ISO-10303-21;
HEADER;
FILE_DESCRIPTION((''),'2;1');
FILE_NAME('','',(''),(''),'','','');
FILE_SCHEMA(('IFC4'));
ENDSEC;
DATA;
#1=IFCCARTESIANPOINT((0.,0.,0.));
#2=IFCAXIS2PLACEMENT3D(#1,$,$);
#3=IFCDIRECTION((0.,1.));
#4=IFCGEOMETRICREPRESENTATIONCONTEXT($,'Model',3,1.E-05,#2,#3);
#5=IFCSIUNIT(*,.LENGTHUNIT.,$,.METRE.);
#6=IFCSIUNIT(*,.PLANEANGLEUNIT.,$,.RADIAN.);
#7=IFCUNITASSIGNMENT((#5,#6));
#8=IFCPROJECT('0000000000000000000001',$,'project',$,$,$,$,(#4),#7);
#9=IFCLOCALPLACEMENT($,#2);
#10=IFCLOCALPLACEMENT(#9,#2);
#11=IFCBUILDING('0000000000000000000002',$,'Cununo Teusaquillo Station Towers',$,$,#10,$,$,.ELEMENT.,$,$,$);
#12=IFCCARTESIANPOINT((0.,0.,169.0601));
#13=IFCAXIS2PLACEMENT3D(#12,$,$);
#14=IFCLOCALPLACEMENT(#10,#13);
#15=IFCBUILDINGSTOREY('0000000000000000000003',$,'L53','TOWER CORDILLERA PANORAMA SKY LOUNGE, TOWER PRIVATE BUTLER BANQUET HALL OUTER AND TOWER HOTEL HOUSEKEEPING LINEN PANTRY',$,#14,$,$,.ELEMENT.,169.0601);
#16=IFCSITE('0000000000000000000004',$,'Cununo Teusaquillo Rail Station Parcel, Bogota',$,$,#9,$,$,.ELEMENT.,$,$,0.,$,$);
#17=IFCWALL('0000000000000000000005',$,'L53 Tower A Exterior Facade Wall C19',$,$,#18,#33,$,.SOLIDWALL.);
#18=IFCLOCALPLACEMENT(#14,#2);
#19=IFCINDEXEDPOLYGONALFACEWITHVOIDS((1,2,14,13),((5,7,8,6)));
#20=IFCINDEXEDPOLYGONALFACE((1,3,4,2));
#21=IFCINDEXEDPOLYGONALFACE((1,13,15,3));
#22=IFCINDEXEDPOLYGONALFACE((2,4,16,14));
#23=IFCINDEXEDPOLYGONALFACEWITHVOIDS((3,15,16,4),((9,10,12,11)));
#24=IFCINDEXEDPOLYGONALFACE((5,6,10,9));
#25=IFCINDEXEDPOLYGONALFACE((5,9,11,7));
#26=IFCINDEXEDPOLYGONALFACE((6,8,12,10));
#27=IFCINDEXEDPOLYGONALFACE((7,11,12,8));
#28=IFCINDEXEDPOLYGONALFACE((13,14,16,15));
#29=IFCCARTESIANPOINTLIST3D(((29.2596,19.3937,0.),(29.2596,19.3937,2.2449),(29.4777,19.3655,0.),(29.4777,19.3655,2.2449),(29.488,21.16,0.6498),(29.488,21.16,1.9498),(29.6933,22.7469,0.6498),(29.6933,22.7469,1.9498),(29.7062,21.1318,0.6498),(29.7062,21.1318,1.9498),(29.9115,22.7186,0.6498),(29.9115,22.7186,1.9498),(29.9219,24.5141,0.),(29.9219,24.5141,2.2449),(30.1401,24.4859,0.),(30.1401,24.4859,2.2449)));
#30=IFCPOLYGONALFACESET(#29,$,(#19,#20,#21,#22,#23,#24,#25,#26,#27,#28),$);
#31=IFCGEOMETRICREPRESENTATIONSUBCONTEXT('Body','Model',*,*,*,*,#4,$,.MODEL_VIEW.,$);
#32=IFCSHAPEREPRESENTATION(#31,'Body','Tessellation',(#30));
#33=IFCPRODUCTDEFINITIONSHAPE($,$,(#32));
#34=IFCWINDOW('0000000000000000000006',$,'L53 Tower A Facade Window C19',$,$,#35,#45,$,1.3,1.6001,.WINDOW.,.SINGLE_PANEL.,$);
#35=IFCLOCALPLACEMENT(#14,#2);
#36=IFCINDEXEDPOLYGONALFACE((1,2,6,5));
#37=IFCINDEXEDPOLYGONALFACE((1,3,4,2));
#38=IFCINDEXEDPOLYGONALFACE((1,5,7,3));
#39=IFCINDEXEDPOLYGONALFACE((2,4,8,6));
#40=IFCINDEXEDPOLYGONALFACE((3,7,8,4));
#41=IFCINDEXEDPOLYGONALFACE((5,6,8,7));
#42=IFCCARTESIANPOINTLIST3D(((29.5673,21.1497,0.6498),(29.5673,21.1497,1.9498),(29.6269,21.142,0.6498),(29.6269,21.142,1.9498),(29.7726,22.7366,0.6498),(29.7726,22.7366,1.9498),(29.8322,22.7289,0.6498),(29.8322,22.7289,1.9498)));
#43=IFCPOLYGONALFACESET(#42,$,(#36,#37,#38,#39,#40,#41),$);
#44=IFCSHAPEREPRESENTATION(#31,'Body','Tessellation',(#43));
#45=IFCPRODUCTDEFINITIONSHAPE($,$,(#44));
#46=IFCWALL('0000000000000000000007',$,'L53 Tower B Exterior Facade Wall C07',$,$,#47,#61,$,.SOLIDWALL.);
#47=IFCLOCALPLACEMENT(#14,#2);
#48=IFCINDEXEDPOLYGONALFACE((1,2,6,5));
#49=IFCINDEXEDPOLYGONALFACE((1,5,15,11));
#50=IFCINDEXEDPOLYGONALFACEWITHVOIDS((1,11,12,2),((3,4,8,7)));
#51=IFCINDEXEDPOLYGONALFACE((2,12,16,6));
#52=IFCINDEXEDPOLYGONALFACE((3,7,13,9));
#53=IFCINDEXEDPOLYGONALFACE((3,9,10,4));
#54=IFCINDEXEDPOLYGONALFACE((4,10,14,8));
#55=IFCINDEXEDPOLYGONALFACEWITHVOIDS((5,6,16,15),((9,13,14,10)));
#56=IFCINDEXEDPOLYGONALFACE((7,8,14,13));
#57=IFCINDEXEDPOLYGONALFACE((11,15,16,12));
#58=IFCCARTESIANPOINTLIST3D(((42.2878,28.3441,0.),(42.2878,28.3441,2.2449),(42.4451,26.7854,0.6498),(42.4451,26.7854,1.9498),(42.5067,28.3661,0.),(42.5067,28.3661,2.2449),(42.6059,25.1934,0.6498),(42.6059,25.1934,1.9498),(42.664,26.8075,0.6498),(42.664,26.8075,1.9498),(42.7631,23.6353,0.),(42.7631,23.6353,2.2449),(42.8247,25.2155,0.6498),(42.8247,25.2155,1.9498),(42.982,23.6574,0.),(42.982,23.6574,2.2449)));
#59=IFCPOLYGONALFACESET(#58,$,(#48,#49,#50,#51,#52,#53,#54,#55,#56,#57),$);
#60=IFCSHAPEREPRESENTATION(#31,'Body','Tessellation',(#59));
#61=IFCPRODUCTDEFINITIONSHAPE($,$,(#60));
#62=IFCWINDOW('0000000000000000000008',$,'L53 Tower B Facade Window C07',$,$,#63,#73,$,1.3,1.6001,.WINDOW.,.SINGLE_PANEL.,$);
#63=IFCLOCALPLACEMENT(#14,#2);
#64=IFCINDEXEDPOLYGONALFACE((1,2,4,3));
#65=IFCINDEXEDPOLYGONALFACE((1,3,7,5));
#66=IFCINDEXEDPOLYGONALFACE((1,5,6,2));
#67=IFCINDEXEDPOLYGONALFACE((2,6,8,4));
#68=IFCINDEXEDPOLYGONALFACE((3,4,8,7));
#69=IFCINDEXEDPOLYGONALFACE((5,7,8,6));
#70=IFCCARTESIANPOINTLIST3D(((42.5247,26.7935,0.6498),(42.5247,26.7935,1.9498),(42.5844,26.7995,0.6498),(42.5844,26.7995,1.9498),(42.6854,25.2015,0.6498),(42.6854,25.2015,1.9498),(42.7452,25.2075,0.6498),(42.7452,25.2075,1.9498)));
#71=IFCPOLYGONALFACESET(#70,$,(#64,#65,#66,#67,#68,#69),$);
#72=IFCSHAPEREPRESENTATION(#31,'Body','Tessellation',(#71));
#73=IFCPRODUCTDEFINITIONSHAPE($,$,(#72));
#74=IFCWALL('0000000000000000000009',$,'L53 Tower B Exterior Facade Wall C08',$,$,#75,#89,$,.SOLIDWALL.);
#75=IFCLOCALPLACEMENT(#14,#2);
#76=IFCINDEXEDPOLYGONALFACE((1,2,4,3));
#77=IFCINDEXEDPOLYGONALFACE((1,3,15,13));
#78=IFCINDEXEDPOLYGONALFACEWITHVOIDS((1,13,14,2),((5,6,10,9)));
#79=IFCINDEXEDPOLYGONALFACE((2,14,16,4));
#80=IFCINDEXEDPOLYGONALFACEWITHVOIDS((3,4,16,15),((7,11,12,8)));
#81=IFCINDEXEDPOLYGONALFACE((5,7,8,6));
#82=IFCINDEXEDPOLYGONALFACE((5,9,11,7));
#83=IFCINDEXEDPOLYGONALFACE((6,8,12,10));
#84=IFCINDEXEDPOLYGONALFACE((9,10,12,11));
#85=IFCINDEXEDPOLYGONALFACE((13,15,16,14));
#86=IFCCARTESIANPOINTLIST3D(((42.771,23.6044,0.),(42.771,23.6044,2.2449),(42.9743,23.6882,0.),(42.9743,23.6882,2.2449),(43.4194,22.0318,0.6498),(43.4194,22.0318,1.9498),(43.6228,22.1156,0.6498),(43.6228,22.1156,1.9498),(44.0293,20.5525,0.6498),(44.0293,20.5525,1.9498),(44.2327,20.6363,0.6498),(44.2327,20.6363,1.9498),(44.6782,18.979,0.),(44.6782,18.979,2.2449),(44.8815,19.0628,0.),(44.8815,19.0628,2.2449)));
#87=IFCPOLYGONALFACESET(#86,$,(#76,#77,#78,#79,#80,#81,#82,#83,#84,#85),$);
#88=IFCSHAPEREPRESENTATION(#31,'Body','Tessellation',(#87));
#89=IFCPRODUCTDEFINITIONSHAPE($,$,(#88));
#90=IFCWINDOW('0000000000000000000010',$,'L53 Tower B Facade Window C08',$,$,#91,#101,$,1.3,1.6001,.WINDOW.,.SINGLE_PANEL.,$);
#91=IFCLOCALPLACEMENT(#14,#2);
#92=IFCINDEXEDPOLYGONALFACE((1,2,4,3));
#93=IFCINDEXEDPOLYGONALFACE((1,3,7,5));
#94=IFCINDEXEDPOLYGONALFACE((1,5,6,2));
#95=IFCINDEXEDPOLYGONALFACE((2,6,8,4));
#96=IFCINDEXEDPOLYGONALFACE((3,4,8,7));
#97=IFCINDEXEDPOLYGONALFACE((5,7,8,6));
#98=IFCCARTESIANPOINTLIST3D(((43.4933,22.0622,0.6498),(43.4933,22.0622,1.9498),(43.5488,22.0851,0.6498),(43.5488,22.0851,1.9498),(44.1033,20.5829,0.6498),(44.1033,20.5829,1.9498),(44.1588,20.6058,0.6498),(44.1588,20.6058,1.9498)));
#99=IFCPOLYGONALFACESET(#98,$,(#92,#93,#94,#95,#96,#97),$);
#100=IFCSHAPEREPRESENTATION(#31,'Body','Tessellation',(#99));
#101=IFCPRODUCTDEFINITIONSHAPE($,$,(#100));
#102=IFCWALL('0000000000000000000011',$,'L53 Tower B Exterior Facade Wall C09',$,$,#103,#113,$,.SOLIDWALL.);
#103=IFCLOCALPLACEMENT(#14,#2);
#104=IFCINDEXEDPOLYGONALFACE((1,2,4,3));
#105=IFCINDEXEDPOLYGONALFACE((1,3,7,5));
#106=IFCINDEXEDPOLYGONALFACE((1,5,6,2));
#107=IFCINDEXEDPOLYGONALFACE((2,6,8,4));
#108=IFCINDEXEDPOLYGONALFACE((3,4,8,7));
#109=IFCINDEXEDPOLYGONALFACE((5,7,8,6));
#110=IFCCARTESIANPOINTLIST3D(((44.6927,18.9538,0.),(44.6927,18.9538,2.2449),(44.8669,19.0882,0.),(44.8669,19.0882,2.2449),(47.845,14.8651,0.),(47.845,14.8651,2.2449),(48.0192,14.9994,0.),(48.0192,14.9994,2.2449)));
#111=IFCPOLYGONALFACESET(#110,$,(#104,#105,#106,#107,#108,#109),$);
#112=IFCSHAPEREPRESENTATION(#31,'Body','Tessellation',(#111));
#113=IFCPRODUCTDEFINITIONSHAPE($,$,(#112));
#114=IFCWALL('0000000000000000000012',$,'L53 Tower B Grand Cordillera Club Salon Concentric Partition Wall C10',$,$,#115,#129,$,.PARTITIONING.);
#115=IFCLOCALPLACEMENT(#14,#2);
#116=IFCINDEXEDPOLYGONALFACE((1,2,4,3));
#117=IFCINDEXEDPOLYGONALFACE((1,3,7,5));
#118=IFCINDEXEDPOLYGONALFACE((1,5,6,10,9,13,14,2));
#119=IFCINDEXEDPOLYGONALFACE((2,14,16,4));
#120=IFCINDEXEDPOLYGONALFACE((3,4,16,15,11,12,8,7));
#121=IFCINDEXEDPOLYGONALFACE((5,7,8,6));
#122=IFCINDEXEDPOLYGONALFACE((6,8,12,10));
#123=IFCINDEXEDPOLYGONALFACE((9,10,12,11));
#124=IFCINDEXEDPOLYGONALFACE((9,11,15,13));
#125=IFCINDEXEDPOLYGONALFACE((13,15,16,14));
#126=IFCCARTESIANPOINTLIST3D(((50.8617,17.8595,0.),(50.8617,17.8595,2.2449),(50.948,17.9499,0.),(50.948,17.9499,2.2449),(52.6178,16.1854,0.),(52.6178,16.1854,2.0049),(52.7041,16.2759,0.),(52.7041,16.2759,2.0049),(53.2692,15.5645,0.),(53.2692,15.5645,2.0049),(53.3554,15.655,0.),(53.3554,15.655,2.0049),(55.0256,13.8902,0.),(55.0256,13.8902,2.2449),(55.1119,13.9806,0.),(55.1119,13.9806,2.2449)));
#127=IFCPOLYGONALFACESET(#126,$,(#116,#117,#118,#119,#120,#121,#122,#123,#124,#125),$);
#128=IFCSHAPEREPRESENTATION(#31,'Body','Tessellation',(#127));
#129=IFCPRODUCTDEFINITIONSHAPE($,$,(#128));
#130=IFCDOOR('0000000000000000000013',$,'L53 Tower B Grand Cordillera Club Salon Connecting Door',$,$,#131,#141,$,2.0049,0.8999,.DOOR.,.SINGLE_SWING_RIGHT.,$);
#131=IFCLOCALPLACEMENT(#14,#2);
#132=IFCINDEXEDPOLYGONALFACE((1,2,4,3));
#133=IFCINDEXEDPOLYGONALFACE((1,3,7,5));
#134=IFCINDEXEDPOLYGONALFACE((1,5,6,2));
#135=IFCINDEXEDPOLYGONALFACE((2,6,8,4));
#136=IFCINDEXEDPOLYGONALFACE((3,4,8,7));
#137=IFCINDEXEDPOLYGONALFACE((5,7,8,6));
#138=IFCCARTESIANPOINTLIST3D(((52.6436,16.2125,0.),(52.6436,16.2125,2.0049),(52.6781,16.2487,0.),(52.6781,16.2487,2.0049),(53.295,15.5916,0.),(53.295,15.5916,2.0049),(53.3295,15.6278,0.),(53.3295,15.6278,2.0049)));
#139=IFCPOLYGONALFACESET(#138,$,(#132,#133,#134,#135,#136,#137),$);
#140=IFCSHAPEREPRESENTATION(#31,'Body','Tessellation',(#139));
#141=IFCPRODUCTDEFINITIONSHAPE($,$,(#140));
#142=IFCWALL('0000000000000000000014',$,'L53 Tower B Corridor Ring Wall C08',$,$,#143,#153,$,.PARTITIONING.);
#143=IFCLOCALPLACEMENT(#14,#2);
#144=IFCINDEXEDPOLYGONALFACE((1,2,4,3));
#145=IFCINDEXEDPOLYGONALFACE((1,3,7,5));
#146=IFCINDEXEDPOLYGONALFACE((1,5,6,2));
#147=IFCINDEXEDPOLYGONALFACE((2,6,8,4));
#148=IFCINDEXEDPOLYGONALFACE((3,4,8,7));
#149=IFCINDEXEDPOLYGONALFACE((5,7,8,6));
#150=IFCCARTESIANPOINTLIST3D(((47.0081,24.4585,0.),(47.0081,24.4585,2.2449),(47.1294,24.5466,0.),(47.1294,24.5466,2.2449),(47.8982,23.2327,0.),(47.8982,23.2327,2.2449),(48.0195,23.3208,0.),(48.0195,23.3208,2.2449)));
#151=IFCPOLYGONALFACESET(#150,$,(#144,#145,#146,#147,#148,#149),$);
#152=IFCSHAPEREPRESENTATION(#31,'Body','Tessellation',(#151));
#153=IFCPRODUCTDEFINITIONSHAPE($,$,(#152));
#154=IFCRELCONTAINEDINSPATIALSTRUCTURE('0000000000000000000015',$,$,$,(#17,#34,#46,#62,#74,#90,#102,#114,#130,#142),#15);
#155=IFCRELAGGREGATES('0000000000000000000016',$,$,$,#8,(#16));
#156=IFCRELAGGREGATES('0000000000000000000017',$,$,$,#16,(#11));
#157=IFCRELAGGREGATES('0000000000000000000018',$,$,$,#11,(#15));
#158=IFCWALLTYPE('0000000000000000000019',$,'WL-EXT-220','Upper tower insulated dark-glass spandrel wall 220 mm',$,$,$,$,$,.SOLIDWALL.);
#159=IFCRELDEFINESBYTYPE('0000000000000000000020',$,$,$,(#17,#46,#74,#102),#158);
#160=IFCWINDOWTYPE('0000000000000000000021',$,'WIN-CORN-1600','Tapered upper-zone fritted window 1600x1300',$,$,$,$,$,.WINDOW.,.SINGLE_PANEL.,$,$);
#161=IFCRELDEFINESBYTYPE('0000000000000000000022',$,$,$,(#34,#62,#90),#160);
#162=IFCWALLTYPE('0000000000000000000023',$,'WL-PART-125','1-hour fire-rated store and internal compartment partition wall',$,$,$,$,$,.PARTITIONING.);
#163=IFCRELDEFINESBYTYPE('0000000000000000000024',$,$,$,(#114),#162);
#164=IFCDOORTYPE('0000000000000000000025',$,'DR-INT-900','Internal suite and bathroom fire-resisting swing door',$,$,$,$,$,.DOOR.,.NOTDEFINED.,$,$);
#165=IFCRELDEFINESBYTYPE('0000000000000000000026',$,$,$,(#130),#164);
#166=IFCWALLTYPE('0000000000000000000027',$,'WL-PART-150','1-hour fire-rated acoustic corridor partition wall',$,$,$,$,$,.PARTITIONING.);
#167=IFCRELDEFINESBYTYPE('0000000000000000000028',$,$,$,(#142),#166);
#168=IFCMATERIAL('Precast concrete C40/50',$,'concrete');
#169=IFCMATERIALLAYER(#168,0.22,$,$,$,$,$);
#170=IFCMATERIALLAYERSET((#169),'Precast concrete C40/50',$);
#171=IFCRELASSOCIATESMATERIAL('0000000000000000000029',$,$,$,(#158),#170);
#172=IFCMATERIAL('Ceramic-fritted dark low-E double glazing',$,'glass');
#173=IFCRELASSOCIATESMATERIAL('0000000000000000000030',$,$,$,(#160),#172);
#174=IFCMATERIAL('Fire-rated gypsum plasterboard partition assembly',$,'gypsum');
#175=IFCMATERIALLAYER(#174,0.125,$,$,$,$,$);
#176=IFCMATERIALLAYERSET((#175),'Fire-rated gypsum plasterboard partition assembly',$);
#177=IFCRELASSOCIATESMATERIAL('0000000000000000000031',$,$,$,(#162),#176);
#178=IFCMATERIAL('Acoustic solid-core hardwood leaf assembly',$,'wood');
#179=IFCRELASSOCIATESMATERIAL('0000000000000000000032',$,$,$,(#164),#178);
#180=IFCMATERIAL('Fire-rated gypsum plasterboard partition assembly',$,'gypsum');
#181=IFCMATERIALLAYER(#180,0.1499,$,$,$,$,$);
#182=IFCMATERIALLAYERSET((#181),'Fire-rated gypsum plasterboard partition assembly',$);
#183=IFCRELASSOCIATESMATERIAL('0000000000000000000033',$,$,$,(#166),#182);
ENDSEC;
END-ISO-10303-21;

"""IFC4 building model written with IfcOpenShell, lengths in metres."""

from ifc_helpers import new_model, si_unit, direction, frame, frame_2d, origin, place, context, subcontext, project, spatial, rectangle, extrude, source, transform, mapped, material, layer, layer_set, type_object, element, fill, save


model = new_model("IFC4")

# Units and contexts
model_context = context("Model", 3, precision=1e-05, world=origin(), true_north=direction((0.0, 1.0)))
body_context = subcontext(model_context, "Body", "Model", "MODEL_VIEW")
ifc_project = project(units=[si_unit("LENGTHUNIT", "METRE"), si_unit("PLANEANGLEUNIT", "RADIAN")], contexts=[model_context])

# Site, building, storey
site_placement = place(None, origin())
site = spatial("IfcSite", under=ifc_project, at=site_placement, Name="Cununo Teusaquillo Rail Station Parcel, Bogota", CompositionType="ELEMENT", RefElevation=0.0)
building_placement = place(site_placement, origin())
building = spatial("IfcBuilding", under=site, at=building_placement, Name="Cununo Teusaquillo Station Towers", CompositionType="ELEMENT")
storey_placement = place(building_placement, frame((0.0, 0.0, 169.0601)))
storey = spatial("IfcBuildingStorey", under=building, at=storey_placement, Name="L53", Description="TOWER CORDILLERA PANORAMA SKY LOUNGE, TOWER PRIVATE BUTLER BANQUET HALL OUTER AND TOWER HOTEL HOUSEKEEPING LINEN PANTRY", CompositionType="ELEMENT", Elevation=169.0601)

# Shared definitions
ifc_material_1 = material(Name="Precast concrete C40/50", Category="concrete")
ifc_layer_1 = layer(ifc_material_1, 0.22)
ifc_layer_set_1 = layer_set([ifc_layer_1], Name="Precast concrete C40/50")
wall_type_1 = type_object("IfcWallType", Name="WL-EXT-220", Description="Upper tower insulated dark-glass spandrel wall 220 mm", PredefinedType="SOLIDWALL", material=ifc_layer_set_1)

# Walls, openings, windows
wall_1_placement = place(storey_placement, frame((30.031, 24.5, 0.0), z_axis=(0.0, 0.0, 1.0), x_axis=(-0.128288, -0.991737, 0.0)))
wall_1 = element("IfcWall", 1, at=wall_1_placement, inside=storey, type_object=wall_type_1, Name="L53 Tower A Exterior Facade Wall C19", PredefinedType="SOLIDWALL", context=body_context, shape_type="SweptSolid", body=[
    extrude(rectangle(XDim=5.1631, YDim=0.22, at=frame_2d((2.5815, 0.0))), origin(), (0.0, 0.0, 1.0), 2.2449),
])
shared_shape_1 = source(origin(), body_context, "Body", "SweptSolid", [
    extrude(rectangle(XDim=1.6001, YDim=1.3, at=frame_2d((0.8, 0.6499))), frame((0.0, 0.1199, 0.0), z_axis=(0.0, -1.0, 0.0), x_axis=(1.0, 0.0, 0.0)), (0.0, 0.0, 1.0), 0.24),
])
opening_1_placement = place(wall_1_placement, frame((1.782, 0.0, 0.6499)))
opening_1 = element("IfcOpeningElement", 2, at=opening_1_placement, cuts=wall_1, PredefinedType="OPENING", context=body_context, shape_type="MappedRepresentation", body=[
    mapped(shared_shape_1, transform((0.0, 0.0, 0.0), x_axis=(1.0, 0.0, 0.0), y_axis=(0.0, 1.0, 0.0), z_axis=(0.0, 0.0, 1.0), scale=1.0)),
])
ifc_material_2 = material(Name="Ceramic-fritted dark low-E double glazing", Category="glass")
window_type = type_object("IfcWindowType", Name="WIN-CORN-1600", Description="Tapered upper-zone fritted window 1600x1300", PartitioningType="SINGLE_PANEL", PredefinedType="WINDOW", material=ifc_material_2)
shared_shape_2 = source(origin(), body_context, "Body", "SweptSolid", [
    extrude(rectangle(XDim=1.6001, YDim=1.3, at=frame_2d((0.8, 0.6499))), frame((0.0, 0.03, 0.0), z_axis=(0.0, -1.0, 0.0), x_axis=(1.0, 0.0, 0.0)), (0.0, 0.0, 1.0), 0.0601),
])
window_1_placement = place(opening_1_placement, origin())
window_1 = element("IfcWindow", 3, at=window_1_placement, inside=storey, type_object=window_type, Name="L53 Tower A Facade Window C19", OverallHeight=1.3, OverallWidth=1.6001, PartitioningType="SINGLE_PANEL", PredefinedType="WINDOW", context=body_context, shape_type="MappedRepresentation", body=[
    mapped(shared_shape_2, transform((0.0, 0.0, 0.0), x_axis=(1.0, 0.0, 0.0), y_axis=(0.0, 1.0, 0.0), z_axis=(0.0, 0.0, 1.0), scale=1.0)),
])
fill(opening_1, window_1)
wall_2_placement = place(storey_placement, frame((42.8726, 23.6465, 0.0), z_axis=(0.0, 0.0, 1.0), x_axis=(-0.100438, 0.994943, 0.0)))
wall_2 = element("IfcWall", 4, at=wall_2_placement, inside=storey, type_object=wall_type_1, Name="L53 Tower B Exterior Facade Wall C07", PredefinedType="SOLIDWALL", context=body_context, shape_type="SweptSolid", body=[
    extrude(rectangle(XDim=4.7327, YDim=0.22, at=frame_2d((2.3662, 0.0))), origin(), (0.0, 0.0, 1.0), 2.2449),
])
opening_2_placement = place(wall_2_placement, frame((1.5659, 0.0, 0.6499)))
opening_2 = element("IfcOpeningElement", 5, at=opening_2_placement, cuts=wall_2, PredefinedType="OPENING", context=body_context, shape_type="MappedRepresentation", body=[
    mapped(shared_shape_1, transform((0.0, 0.0, 0.0), x_axis=(1.0, 0.0, 0.0), y_axis=(0.0, 1.0, 0.0), z_axis=(0.0, 0.0, 1.0), scale=1.0)),
])
window_2_placement = place(opening_2_placement, origin())
window_2 = element("IfcWindow", 6, at=window_2_placement, inside=storey, type_object=window_type, Name="L53 Tower B Facade Window C07", OverallHeight=1.3, OverallWidth=1.6001, PartitioningType="SINGLE_PANEL", PredefinedType="WINDOW", context=body_context, shape_type="MappedRepresentation", body=[
    mapped(shared_shape_2, transform((0.0, 0.0, 0.0), x_axis=(1.0, 0.0, 0.0), y_axis=(0.0, 1.0, 0.0), z_axis=(0.0, 0.0, 1.0), scale=1.0)),
])
fill(opening_2, window_2)
wall_3_placement = place(storey_placement, frame((44.7798, 19.021, 0.0), z_axis=(0.0, 0.0, 1.0), x_axis=(-0.381196, 0.924494, 0.0)))
wall_3 = element("IfcWall", 7, at=wall_3_placement, inside=storey, type_object=wall_type_1, Name="L53 Tower B Exterior Facade Wall C08", PredefinedType="SOLIDWALL", context=body_context, shape_type="SweptSolid", body=[
    extrude(rectangle(XDim=5.0032, YDim=0.22, at=frame_2d((2.5015, 0.0))), origin(), (0.0, 0.0, 1.0), 2.2449),
])
opening_3_placement = place(wall_3_placement, frame((1.7019, 0.0, 0.6499)))
opening_3 = element("IfcOpeningElement", 8, at=opening_3_placement, cuts=wall_3, PredefinedType="OPENING", context=body_context, shape_type="MappedRepresentation", body=[
    mapped(shared_shape_1, transform((0.0, 0.0, 0.0), x_axis=(1.0, 0.0, 0.0), y_axis=(0.0, 1.0, 0.0), z_axis=(0.0, 0.0, 1.0), scale=1.0)),
])
window_3_placement = place(opening_3_placement, origin())
window_3 = element("IfcWindow", 9, at=window_3_placement, inside=storey, type_object=window_type, Name="L53 Tower B Facade Window C08", OverallHeight=1.3, OverallWidth=1.6001, PartitioningType="SINGLE_PANEL", PredefinedType="WINDOW", context=body_context, shape_type="MappedRepresentation", body=[
    mapped(shared_shape_2, transform((0.0, 0.0, 0.0), x_axis=(1.0, 0.0, 0.0), y_axis=(0.0, 1.0, 0.0), z_axis=(0.0, 0.0, 1.0), scale=1.0)),
])
fill(opening_3, window_3)

# Wall
wall_4_placement = place(storey_placement, frame((47.9321, 14.9321, 0.0), z_axis=(0.0, 0.0, 1.0), x_axis=(-0.61057, 0.791963, 0.0)))
element("IfcWall", 10, at=wall_4_placement, inside=storey, type_object=wall_type_1, Name="L53 Tower B Exterior Facade Wall C09", PredefinedType="SOLIDWALL", context=body_context, shape_type="SweptSolid", body=[
    extrude(rectangle(XDim=5.1628, YDim=0.22, at=frame_2d((2.5815, 0.0))), origin(), (0.0, 0.0, 1.0), 2.2449),
])

# Wall, opening, door
ifc_material_3 = material(Name="Fire-rated gypsum plasterboard partition assembly", Category="gypsum")
ifc_layer_2 = layer(ifc_material_3, 0.125)
ifc_layer_set_2 = layer_set([ifc_layer_2], Name="Fire-rated gypsum plasterboard partition assembly")
wall_type_2 = type_object("IfcWallType", Name="WL-PART-125", Description="1-hour fire-rated store and internal compartment partition wall", PredefinedType="PARTITIONING", material=ifc_layer_set_2)
wall_5_placement = place(storey_placement, frame((50.9048, 17.9048, 0.0), z_axis=(0.0, 0.0, 1.0), x_axis=(0.723817, -0.689992, 0.0)))
wall_5 = element("IfcWall", 11, at=wall_5_placement, inside=storey, type_object=wall_type_2, Name="L53 Tower B Grand Cordillera Club Salon Concentric Partition Wall C10", PredefinedType="PARTITIONING", context=body_context, shape_type="SweptSolid", body=[
    extrude(rectangle(XDim=5.7527, YDim=0.125, at=frame_2d((2.8765, 0.0))), origin(), (0.0, 0.0, 1.0), 2.2449),
])
shared_shape_3 = source(origin(), body_context, "Body", "SweptSolid", [
    extrude(rectangle(XDim=0.8999, YDim=2.0049, at=frame_2d((0.45, 1.0024))), frame((0.0, 0.0725, 0.0), z_axis=(0.0, -1.0, 0.0), x_axis=(1.0, 0.0, 0.0)), (0.0, 0.0, 1.0), 0.145),
])
opening_4_placement = place(wall_5_placement, frame((2.4263, 0.0, 0.0)))
opening_4 = element("IfcOpeningElement", 12, at=opening_4_placement, cuts=wall_5, PredefinedType="OPENING", context=body_context, shape_type="MappedRepresentation", body=[
    mapped(shared_shape_3, transform((0.0, 0.0, 0.0), x_axis=(1.0, 0.0, 0.0), y_axis=(0.0, 1.0, 0.0), z_axis=(0.0, 0.0, 1.0), scale=1.0)),
])
ifc_material_4 = material(Name="Acoustic solid-core hardwood leaf assembly", Category="wood")
door_type_1 = type_object("IfcDoorType", Name="DR-INT-900", Description="Internal suite and bathroom fire-resisting swing door", OperationType="NOTDEFINED", PredefinedType="DOOR", material=ifc_material_4)
shared_shape_4 = source(origin(), body_context, "Body", "SweptSolid", [
    extrude(rectangle(XDim=0.8999, YDim=2.0049, at=frame_2d((0.45, 1.0024))), frame((0.0, 0.0249, 0.0), z_axis=(0.0, -1.0, 0.0), x_axis=(1.0, 0.0, 0.0)), (0.0, 0.0, 1.0), 0.05),
])
door_1_placement = place(opening_4_placement, origin())
door_1 = element("IfcDoor", 13, at=door_1_placement, inside=storey, type_object=door_type_1, Name="L53 Tower B Grand Cordillera Club Salon Connecting Door", OperationType="SINGLE_SWING_RIGHT", OverallHeight=2.0049, OverallWidth=0.8999, PredefinedType="DOOR", context=body_context, shape_type="MappedRepresentation", body=[
    mapped(shared_shape_4, transform((0.0, 0.0, 0.0), x_axis=(1.0, 0.0, 0.0), y_axis=(0.0, 1.0, 0.0), z_axis=(0.0, 0.0, 1.0), scale=1.0)),
])
fill(opening_4, door_1)

# Wall
ifc_material_5 = material(Name="Fire-rated gypsum plasterboard partition assembly", Category="gypsum")
ifc_layer_3 = layer(ifc_material_5, 0.1499)
ifc_layer_set_3 = layer_set([ifc_layer_3], Name="Fire-rated gypsum plasterboard partition assembly")
wall_type_3 = type_object("IfcWallType", Name="WL-PART-150", Description="1-hour fire-rated acoustic corridor partition wall", PredefinedType="PARTITIONING", material=ifc_layer_set_3)
wall_6_placement = place(storey_placement, frame((47.0688, 24.5024, 0.0), z_axis=(0.0, 0.0, 1.0), x_axis=(0.587577, -0.809168, 0.0)))
element("IfcWall", 14, at=wall_6_placement, inside=storey, type_object=wall_type_3, Name="L53 Tower B Corridor Ring Wall C08", PredefinedType="PARTITIONING", context=body_context, shape_type="SweptSolid", body=[
    extrude(rectangle(XDim=1.5149, YDim=0.1499, at=frame_2d((0.7573, 0.0))), origin(), (0.0, 0.0, 1.0), 2.2449),
])

save(model, "model.ifc")
